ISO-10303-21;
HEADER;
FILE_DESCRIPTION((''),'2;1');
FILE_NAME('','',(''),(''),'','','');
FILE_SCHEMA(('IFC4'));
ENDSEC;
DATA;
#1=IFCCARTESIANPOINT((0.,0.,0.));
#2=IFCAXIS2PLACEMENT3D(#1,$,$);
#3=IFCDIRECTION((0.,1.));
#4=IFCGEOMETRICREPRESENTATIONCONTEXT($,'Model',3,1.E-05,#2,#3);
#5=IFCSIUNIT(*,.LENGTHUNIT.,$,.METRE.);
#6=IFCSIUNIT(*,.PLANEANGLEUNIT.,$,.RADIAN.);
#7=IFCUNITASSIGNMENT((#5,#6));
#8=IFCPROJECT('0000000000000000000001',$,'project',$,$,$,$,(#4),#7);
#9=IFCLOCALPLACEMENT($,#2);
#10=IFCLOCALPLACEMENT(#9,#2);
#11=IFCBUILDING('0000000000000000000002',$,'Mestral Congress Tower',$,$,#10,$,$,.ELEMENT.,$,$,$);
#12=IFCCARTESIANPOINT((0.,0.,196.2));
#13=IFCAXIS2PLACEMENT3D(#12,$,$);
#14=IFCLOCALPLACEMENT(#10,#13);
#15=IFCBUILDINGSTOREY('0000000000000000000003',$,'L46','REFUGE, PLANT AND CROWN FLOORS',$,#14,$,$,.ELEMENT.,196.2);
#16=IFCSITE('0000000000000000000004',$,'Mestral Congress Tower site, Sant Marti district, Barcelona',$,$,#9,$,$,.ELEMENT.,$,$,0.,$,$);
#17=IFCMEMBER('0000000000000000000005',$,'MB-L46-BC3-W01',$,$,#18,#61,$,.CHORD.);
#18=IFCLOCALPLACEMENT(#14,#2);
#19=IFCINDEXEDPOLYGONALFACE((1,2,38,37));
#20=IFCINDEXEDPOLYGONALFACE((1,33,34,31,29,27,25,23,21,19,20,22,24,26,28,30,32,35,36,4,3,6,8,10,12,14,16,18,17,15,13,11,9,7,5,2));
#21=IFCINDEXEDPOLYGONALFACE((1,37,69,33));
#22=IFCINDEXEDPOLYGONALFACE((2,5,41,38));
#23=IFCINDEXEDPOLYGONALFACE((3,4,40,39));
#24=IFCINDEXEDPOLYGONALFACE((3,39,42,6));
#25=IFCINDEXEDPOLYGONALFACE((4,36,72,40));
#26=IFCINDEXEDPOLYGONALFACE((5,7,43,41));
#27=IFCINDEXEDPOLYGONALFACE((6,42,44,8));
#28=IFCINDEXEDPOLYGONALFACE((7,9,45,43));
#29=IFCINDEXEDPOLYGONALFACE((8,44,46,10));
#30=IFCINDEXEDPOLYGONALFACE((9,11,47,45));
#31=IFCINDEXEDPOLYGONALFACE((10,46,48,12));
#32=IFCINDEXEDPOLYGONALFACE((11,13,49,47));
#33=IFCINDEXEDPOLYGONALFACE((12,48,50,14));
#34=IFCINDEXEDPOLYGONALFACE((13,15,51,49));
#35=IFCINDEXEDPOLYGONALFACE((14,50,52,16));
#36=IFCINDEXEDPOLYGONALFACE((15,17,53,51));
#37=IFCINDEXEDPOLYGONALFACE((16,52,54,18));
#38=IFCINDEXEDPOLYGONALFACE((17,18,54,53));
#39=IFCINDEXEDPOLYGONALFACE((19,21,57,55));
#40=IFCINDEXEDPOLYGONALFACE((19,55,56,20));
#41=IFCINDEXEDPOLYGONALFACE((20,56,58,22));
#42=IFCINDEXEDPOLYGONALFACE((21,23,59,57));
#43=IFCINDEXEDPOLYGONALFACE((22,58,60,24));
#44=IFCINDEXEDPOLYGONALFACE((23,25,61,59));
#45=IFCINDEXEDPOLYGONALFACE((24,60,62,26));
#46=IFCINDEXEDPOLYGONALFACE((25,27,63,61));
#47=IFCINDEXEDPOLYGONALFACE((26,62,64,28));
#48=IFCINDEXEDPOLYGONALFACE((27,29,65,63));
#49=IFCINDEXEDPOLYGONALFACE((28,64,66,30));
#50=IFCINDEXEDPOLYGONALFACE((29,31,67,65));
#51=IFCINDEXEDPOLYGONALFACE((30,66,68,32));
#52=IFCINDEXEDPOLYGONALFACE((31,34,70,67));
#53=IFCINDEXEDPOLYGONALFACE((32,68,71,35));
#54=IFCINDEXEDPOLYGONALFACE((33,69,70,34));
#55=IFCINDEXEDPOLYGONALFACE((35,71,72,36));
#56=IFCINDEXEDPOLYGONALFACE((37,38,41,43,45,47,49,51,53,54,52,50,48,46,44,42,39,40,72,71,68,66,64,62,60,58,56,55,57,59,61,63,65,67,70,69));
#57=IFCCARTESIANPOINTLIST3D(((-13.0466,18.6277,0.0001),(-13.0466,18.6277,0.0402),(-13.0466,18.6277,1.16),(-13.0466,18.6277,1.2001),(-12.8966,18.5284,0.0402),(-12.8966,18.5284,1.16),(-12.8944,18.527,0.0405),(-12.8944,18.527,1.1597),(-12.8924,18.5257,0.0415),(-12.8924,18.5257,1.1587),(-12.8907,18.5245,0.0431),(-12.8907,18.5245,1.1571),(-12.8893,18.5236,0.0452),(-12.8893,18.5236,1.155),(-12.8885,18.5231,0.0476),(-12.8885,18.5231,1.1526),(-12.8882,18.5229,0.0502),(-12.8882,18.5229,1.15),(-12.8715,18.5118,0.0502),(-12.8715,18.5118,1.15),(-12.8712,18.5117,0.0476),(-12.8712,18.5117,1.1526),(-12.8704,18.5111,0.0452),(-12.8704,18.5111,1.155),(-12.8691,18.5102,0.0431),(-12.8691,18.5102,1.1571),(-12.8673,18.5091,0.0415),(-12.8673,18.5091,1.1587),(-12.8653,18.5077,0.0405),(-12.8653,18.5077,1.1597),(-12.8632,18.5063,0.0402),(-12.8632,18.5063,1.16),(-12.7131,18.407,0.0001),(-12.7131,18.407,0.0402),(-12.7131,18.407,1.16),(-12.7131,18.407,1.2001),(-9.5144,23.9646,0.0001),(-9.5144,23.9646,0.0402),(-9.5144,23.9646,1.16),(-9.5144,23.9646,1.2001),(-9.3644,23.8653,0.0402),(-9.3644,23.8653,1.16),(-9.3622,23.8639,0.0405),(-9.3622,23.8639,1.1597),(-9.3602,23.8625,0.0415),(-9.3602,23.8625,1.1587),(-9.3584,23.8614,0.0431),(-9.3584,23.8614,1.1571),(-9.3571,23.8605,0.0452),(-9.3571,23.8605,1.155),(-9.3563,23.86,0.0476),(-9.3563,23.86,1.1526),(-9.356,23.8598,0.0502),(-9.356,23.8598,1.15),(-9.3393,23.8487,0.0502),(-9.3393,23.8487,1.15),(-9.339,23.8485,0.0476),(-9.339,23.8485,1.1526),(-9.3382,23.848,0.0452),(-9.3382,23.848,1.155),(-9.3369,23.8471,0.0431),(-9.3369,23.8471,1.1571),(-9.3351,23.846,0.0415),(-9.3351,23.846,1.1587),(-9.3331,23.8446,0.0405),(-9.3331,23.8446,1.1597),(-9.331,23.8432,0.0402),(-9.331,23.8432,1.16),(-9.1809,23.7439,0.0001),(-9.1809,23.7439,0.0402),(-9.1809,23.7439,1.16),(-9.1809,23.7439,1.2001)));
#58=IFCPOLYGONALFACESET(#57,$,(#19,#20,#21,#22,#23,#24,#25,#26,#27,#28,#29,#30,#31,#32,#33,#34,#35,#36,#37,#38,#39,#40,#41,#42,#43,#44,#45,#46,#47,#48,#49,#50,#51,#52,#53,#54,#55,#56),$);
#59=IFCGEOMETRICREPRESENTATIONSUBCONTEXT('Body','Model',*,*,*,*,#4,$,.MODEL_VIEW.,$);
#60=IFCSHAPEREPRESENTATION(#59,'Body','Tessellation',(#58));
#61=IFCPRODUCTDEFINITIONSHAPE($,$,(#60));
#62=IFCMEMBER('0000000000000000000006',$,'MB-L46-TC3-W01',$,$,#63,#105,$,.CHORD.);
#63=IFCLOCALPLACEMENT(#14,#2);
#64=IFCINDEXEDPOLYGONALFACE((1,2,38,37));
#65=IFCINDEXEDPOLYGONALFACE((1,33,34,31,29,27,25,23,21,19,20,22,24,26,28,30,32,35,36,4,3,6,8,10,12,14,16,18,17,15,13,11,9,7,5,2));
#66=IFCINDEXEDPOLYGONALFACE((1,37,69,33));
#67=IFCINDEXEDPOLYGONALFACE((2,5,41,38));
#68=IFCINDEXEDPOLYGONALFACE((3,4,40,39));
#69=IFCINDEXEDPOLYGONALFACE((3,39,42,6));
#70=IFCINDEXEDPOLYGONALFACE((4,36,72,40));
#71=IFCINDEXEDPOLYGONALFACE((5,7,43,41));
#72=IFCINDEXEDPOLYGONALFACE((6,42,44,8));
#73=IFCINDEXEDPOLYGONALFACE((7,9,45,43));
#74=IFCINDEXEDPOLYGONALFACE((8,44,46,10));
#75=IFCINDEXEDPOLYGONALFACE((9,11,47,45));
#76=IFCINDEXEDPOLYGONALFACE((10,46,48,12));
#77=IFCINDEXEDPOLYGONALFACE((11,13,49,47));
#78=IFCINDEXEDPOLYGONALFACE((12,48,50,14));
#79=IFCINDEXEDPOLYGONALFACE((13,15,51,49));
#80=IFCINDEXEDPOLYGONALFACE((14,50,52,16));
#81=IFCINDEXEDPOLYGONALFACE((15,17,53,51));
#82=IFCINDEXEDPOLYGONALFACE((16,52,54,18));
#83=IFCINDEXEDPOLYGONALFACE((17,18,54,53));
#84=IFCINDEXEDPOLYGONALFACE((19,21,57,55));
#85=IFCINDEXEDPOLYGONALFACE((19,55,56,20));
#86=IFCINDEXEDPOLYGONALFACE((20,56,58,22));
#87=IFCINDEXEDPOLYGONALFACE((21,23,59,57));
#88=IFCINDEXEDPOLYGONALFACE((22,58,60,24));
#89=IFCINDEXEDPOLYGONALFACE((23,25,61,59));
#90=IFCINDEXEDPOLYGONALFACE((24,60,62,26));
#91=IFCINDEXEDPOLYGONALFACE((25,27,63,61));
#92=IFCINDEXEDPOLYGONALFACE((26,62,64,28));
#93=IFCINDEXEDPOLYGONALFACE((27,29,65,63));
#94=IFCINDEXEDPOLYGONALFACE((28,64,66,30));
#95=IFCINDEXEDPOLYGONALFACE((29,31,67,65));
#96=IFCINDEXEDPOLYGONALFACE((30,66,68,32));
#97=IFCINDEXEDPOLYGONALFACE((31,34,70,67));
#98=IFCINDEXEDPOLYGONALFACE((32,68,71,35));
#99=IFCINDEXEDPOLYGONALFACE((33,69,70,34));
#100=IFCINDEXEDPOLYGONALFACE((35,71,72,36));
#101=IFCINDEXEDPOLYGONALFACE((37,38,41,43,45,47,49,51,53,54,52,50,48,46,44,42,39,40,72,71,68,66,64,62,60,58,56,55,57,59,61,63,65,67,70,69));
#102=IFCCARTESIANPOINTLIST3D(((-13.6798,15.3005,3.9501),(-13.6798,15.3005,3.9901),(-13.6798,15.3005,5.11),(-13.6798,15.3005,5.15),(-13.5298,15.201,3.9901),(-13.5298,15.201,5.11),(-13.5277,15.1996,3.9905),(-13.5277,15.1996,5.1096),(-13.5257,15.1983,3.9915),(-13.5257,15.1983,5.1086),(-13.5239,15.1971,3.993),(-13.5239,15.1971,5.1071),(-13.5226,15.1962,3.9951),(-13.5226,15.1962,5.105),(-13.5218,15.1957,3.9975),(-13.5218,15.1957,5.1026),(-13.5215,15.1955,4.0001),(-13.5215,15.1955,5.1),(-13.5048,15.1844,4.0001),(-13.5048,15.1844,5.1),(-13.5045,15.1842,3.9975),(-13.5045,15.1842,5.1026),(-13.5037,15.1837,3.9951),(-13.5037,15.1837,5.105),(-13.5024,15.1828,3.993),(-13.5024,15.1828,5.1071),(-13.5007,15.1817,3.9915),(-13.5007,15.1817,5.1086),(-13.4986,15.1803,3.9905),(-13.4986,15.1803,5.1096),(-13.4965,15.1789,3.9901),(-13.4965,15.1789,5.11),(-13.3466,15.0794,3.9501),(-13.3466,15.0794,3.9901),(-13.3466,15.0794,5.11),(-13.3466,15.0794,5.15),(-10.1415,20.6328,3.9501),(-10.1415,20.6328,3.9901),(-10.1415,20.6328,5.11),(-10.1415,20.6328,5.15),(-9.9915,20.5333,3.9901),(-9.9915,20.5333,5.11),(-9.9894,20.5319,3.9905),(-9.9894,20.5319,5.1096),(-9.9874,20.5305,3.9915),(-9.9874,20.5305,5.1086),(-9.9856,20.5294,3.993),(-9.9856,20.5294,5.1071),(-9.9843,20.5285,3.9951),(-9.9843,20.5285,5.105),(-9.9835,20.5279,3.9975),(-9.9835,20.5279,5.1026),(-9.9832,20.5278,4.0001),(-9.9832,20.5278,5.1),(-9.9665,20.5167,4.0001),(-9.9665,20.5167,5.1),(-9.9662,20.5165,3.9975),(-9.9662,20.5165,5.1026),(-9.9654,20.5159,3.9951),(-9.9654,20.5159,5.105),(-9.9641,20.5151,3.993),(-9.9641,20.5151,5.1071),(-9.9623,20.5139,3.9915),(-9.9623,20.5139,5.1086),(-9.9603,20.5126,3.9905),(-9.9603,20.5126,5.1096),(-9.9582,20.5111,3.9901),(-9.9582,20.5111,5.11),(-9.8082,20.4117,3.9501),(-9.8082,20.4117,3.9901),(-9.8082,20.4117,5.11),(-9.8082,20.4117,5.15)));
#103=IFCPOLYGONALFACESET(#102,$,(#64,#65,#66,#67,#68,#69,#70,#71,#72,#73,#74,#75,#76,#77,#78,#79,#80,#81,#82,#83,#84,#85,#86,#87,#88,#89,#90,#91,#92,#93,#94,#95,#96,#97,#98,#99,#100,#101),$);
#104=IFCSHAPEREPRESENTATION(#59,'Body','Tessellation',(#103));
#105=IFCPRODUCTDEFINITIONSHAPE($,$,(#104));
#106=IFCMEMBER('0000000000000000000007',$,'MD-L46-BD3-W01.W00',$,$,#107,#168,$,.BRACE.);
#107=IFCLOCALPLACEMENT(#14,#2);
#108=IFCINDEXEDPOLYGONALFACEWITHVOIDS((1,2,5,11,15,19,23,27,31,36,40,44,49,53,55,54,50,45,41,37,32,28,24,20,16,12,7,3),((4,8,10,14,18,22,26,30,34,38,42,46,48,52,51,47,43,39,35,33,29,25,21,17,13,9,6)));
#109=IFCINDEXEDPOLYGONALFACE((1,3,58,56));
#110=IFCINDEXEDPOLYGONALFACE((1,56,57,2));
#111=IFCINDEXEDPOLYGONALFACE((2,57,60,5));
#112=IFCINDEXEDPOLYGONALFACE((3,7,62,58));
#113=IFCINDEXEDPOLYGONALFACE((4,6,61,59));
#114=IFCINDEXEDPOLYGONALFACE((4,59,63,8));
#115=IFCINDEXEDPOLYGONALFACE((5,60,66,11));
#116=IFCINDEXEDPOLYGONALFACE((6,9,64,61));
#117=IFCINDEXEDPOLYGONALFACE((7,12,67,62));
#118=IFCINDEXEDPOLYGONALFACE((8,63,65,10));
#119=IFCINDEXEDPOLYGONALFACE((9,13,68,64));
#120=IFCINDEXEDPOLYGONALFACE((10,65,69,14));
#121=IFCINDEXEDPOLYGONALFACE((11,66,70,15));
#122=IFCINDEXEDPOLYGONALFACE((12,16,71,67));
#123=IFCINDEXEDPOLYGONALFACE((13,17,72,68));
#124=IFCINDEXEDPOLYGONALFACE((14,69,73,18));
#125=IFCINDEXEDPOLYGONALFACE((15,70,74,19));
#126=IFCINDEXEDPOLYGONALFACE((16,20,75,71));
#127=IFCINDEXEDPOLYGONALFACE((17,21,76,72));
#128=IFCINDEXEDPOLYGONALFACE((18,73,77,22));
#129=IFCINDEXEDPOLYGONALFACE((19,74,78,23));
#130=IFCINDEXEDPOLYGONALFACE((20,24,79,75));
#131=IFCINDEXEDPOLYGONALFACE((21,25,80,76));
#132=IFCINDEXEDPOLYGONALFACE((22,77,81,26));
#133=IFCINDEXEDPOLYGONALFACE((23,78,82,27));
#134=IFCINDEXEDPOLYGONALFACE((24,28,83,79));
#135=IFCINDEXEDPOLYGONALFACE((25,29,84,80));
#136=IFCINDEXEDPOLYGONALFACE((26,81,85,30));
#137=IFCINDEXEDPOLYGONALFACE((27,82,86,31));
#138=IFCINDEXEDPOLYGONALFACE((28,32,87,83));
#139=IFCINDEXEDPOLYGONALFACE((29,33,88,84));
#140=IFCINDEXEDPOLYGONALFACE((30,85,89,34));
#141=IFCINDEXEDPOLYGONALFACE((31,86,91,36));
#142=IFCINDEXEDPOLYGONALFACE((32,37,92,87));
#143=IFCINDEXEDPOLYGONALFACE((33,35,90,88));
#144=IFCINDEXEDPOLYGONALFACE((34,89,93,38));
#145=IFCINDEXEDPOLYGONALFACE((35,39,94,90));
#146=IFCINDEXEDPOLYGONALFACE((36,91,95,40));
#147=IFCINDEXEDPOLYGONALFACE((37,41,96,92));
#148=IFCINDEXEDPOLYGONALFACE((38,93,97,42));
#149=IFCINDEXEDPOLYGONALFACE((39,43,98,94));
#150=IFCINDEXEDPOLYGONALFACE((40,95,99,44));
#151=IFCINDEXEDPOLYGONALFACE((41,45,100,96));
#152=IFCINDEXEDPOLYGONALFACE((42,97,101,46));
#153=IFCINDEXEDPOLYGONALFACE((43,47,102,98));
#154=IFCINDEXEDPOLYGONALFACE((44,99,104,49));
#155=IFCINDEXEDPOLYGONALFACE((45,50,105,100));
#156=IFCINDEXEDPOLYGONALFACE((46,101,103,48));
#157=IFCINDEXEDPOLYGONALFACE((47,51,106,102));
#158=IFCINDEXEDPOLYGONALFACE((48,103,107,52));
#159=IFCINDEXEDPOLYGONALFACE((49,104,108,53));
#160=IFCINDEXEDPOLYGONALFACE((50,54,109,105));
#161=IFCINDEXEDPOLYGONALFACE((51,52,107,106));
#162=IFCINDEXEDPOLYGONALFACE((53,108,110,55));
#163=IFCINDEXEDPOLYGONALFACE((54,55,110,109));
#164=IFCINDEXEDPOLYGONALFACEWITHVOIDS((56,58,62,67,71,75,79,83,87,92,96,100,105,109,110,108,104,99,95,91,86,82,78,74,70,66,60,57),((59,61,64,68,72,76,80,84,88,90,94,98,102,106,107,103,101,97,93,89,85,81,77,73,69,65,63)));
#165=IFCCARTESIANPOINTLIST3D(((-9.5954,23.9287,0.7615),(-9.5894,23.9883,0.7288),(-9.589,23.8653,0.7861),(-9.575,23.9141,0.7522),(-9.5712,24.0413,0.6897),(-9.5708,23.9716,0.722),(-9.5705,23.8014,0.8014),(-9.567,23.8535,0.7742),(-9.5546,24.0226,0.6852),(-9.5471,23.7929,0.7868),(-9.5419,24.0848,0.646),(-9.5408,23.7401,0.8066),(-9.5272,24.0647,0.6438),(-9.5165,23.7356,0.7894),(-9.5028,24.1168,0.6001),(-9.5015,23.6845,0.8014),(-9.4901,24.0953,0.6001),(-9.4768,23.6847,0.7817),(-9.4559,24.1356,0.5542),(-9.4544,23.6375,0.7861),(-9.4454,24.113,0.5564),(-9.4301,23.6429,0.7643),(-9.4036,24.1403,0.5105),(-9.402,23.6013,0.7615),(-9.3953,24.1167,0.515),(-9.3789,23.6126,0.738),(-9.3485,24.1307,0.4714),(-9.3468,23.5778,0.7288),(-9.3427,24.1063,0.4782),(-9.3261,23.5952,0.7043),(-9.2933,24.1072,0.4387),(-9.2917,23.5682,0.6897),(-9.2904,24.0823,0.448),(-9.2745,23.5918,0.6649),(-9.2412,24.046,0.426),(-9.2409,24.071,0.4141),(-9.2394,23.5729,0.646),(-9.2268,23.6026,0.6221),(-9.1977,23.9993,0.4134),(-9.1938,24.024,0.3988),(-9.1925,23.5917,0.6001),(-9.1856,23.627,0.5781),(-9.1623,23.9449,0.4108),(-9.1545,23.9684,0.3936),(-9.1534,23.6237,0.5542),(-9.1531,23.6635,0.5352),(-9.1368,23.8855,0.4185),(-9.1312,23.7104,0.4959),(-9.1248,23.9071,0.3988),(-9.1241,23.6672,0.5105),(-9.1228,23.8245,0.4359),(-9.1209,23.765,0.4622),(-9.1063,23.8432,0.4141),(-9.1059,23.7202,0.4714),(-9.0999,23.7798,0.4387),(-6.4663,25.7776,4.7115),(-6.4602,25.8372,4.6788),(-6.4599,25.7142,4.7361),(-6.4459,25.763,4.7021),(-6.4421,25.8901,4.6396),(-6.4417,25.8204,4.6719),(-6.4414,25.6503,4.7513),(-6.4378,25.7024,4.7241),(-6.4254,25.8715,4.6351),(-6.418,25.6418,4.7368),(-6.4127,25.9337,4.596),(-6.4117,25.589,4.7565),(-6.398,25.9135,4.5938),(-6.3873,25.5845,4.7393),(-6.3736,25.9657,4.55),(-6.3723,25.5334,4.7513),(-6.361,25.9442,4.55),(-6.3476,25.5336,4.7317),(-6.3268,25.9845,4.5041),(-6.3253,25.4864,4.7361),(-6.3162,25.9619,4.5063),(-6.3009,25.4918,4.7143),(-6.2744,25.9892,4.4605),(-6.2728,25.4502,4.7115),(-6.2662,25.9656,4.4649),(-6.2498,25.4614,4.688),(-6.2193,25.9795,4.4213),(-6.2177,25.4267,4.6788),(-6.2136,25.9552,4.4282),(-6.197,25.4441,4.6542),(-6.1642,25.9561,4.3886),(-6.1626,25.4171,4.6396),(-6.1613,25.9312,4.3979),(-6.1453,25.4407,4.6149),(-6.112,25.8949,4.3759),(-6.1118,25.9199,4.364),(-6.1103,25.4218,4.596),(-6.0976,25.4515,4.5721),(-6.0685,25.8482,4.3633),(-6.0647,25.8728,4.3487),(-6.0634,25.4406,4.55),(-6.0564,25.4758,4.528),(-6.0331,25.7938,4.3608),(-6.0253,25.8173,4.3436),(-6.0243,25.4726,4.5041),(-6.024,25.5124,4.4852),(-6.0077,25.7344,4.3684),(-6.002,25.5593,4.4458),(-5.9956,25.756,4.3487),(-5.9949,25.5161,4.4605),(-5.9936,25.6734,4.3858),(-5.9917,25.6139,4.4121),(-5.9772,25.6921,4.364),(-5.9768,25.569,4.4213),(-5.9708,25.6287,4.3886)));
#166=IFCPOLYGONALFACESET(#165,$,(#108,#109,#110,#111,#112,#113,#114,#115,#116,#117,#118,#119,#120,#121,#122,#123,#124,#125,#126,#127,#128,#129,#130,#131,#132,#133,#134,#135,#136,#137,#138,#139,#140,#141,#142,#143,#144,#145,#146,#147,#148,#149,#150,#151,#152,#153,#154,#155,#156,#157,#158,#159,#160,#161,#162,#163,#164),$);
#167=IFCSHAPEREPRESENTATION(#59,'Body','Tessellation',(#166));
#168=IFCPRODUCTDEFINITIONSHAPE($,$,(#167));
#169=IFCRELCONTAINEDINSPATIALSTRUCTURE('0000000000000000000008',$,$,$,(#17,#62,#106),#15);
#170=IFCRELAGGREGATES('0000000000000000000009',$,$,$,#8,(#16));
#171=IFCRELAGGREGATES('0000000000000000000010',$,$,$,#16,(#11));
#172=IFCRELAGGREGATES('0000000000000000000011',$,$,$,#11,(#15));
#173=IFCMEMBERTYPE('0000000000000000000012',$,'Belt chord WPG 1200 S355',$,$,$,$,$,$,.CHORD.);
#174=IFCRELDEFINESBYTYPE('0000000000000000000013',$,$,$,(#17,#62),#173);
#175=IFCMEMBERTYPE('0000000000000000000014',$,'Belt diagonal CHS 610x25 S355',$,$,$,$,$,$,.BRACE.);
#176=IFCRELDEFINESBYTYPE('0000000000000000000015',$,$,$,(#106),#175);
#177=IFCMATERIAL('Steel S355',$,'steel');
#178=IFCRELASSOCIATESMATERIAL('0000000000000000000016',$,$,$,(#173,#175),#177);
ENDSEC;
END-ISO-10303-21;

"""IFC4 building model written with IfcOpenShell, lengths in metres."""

from ifc_helpers import new_model, si_unit, direction, frame, origin, origin_2d, place, context, subcontext, project, spatial, hollow_circle, i_section, extrude, material, material_profile, profile_set, type_object, element, save


model = new_model("IFC4")

# Units and contexts
model_context = context("Model", 3, precision=1e-05, world=origin(), true_north=direction((0.0, 1.0)))
body_context = subcontext(model_context, "Body", "Model", "MODEL_VIEW")
ifc_project = project(units=[si_unit("LENGTHUNIT", "METRE"), si_unit("PLANEANGLEUNIT", "RADIAN")], contexts=[model_context])

# Site, building, storey
site_placement = place(None, origin())
site = spatial("IfcSite", under=ifc_project, at=site_placement, Name="Mestral Congress Tower site, Sant Marti district, Barcelona", CompositionType="ELEMENT", RefElevation=0.0)
building_placement = place(site_placement, origin())
building = spatial("IfcBuilding", under=site, at=building_placement, Name="Mestral Congress Tower", CompositionType="ELEMENT")
storey_placement = place(building_placement, frame((0.0, 0.0, 196.2)))
storey = spatial("IfcBuildingStorey", under=building, at=storey_placement, Name="L46", Description="REFUGE, PLANT AND CROWN FLOORS", CompositionType="ELEMENT", Elevation=196.2)

# Members
ifc_material_1 = material(Name="Steel S355", Category="steel")
ifc_material_profile_1 = material_profile(ifc_material_1, i_section(OverallWidth=0.3999, OverallDepth=1.2, WebThickness=0.02, FlangeThickness=0.04, FilletRadius=0.01, at=origin_2d()), Name="WPG 1200")
ifc_profile_set_1 = profile_set([ifc_material_profile_1], Name="Steel S355")
member_type_1 = type_object("IfcMemberType", Name="Belt chord WPG 1200 S355", PredefinedType="CHORD", material=ifc_profile_set_1)
member_1_placement = place(storey_placement, frame((-9.3477, 23.8542, 0.6001), z_axis=(-0.551915, -0.8339, 0.0), x_axis=(0.8339, -0.551915, 0.0)))
element("IfcMember", 1, at=member_1_placement, inside=storey, type_object=member_type_1, Name="MB-L46-BC3-W01", PredefinedType="CHORD", context=body_context, shape_type="SweptSolid", body=[
    extrude(i_section(OverallWidth=0.3999, OverallDepth=1.2, WebThickness=0.02, FlangeThickness=0.04, FilletRadius=0.01, at=origin_2d()), origin(), (0.0, 0.0, 1.0), 6.3999),
])
member_2_placement = place(storey_placement, frame((-9.9749, 20.5222, 4.55), z_axis=(-0.552912, -0.83324, 0.0), x_axis=(0.83324, -0.552912, 0.0)))
element("IfcMember", 2, at=member_2_placement, inside=storey, type_object=member_type_1, Name="MB-L46-TC3-W01", PredefinedType="CHORD", context=body_context, shape_type="SweptSolid", body=[
    extrude(i_section(OverallWidth=0.3999, OverallDepth=1.2, WebThickness=0.02, FlangeThickness=0.04, FilletRadius=0.01, at=origin_2d()), origin(), (0.0, 0.0, 1.0), 6.3994),
])
ifc_material_profile_2 = material_profile(ifc_material_1, hollow_circle(Radius=0.3049, WallThickness=0.0249, at=origin_2d()), Name="CHS 610x25")
ifc_profile_set_2 = profile_set([ifc_material_profile_2], Name="Steel S355")
member_type_2 = type_object("IfcMemberType", Name="Belt diagonal CHS 610x25 S355", PredefinedType="BRACE", material=ifc_profile_set_2)
member_3_placement = place(storey_placement, frame((-9.3477, 23.8542, 0.6001), z_axis=(0.582961, 0.344446, 0.735876), x_axis=(-0.508695, 0.860947, 0.0)))
element("IfcMember", 3, at=member_3_placement, inside=storey, type_object=member_type_2, Name="MD-L46-BD3-W01.W00", PredefinedType="BRACE", context=body_context, shape_type="SweptSolid", body=[
    extrude(hollow_circle(Radius=0.3049, WallThickness=0.0249, at=origin_2d()), origin(), (0.0, 0.0, 1.0), 5.3677),
])

save(model, "model.ifc")
